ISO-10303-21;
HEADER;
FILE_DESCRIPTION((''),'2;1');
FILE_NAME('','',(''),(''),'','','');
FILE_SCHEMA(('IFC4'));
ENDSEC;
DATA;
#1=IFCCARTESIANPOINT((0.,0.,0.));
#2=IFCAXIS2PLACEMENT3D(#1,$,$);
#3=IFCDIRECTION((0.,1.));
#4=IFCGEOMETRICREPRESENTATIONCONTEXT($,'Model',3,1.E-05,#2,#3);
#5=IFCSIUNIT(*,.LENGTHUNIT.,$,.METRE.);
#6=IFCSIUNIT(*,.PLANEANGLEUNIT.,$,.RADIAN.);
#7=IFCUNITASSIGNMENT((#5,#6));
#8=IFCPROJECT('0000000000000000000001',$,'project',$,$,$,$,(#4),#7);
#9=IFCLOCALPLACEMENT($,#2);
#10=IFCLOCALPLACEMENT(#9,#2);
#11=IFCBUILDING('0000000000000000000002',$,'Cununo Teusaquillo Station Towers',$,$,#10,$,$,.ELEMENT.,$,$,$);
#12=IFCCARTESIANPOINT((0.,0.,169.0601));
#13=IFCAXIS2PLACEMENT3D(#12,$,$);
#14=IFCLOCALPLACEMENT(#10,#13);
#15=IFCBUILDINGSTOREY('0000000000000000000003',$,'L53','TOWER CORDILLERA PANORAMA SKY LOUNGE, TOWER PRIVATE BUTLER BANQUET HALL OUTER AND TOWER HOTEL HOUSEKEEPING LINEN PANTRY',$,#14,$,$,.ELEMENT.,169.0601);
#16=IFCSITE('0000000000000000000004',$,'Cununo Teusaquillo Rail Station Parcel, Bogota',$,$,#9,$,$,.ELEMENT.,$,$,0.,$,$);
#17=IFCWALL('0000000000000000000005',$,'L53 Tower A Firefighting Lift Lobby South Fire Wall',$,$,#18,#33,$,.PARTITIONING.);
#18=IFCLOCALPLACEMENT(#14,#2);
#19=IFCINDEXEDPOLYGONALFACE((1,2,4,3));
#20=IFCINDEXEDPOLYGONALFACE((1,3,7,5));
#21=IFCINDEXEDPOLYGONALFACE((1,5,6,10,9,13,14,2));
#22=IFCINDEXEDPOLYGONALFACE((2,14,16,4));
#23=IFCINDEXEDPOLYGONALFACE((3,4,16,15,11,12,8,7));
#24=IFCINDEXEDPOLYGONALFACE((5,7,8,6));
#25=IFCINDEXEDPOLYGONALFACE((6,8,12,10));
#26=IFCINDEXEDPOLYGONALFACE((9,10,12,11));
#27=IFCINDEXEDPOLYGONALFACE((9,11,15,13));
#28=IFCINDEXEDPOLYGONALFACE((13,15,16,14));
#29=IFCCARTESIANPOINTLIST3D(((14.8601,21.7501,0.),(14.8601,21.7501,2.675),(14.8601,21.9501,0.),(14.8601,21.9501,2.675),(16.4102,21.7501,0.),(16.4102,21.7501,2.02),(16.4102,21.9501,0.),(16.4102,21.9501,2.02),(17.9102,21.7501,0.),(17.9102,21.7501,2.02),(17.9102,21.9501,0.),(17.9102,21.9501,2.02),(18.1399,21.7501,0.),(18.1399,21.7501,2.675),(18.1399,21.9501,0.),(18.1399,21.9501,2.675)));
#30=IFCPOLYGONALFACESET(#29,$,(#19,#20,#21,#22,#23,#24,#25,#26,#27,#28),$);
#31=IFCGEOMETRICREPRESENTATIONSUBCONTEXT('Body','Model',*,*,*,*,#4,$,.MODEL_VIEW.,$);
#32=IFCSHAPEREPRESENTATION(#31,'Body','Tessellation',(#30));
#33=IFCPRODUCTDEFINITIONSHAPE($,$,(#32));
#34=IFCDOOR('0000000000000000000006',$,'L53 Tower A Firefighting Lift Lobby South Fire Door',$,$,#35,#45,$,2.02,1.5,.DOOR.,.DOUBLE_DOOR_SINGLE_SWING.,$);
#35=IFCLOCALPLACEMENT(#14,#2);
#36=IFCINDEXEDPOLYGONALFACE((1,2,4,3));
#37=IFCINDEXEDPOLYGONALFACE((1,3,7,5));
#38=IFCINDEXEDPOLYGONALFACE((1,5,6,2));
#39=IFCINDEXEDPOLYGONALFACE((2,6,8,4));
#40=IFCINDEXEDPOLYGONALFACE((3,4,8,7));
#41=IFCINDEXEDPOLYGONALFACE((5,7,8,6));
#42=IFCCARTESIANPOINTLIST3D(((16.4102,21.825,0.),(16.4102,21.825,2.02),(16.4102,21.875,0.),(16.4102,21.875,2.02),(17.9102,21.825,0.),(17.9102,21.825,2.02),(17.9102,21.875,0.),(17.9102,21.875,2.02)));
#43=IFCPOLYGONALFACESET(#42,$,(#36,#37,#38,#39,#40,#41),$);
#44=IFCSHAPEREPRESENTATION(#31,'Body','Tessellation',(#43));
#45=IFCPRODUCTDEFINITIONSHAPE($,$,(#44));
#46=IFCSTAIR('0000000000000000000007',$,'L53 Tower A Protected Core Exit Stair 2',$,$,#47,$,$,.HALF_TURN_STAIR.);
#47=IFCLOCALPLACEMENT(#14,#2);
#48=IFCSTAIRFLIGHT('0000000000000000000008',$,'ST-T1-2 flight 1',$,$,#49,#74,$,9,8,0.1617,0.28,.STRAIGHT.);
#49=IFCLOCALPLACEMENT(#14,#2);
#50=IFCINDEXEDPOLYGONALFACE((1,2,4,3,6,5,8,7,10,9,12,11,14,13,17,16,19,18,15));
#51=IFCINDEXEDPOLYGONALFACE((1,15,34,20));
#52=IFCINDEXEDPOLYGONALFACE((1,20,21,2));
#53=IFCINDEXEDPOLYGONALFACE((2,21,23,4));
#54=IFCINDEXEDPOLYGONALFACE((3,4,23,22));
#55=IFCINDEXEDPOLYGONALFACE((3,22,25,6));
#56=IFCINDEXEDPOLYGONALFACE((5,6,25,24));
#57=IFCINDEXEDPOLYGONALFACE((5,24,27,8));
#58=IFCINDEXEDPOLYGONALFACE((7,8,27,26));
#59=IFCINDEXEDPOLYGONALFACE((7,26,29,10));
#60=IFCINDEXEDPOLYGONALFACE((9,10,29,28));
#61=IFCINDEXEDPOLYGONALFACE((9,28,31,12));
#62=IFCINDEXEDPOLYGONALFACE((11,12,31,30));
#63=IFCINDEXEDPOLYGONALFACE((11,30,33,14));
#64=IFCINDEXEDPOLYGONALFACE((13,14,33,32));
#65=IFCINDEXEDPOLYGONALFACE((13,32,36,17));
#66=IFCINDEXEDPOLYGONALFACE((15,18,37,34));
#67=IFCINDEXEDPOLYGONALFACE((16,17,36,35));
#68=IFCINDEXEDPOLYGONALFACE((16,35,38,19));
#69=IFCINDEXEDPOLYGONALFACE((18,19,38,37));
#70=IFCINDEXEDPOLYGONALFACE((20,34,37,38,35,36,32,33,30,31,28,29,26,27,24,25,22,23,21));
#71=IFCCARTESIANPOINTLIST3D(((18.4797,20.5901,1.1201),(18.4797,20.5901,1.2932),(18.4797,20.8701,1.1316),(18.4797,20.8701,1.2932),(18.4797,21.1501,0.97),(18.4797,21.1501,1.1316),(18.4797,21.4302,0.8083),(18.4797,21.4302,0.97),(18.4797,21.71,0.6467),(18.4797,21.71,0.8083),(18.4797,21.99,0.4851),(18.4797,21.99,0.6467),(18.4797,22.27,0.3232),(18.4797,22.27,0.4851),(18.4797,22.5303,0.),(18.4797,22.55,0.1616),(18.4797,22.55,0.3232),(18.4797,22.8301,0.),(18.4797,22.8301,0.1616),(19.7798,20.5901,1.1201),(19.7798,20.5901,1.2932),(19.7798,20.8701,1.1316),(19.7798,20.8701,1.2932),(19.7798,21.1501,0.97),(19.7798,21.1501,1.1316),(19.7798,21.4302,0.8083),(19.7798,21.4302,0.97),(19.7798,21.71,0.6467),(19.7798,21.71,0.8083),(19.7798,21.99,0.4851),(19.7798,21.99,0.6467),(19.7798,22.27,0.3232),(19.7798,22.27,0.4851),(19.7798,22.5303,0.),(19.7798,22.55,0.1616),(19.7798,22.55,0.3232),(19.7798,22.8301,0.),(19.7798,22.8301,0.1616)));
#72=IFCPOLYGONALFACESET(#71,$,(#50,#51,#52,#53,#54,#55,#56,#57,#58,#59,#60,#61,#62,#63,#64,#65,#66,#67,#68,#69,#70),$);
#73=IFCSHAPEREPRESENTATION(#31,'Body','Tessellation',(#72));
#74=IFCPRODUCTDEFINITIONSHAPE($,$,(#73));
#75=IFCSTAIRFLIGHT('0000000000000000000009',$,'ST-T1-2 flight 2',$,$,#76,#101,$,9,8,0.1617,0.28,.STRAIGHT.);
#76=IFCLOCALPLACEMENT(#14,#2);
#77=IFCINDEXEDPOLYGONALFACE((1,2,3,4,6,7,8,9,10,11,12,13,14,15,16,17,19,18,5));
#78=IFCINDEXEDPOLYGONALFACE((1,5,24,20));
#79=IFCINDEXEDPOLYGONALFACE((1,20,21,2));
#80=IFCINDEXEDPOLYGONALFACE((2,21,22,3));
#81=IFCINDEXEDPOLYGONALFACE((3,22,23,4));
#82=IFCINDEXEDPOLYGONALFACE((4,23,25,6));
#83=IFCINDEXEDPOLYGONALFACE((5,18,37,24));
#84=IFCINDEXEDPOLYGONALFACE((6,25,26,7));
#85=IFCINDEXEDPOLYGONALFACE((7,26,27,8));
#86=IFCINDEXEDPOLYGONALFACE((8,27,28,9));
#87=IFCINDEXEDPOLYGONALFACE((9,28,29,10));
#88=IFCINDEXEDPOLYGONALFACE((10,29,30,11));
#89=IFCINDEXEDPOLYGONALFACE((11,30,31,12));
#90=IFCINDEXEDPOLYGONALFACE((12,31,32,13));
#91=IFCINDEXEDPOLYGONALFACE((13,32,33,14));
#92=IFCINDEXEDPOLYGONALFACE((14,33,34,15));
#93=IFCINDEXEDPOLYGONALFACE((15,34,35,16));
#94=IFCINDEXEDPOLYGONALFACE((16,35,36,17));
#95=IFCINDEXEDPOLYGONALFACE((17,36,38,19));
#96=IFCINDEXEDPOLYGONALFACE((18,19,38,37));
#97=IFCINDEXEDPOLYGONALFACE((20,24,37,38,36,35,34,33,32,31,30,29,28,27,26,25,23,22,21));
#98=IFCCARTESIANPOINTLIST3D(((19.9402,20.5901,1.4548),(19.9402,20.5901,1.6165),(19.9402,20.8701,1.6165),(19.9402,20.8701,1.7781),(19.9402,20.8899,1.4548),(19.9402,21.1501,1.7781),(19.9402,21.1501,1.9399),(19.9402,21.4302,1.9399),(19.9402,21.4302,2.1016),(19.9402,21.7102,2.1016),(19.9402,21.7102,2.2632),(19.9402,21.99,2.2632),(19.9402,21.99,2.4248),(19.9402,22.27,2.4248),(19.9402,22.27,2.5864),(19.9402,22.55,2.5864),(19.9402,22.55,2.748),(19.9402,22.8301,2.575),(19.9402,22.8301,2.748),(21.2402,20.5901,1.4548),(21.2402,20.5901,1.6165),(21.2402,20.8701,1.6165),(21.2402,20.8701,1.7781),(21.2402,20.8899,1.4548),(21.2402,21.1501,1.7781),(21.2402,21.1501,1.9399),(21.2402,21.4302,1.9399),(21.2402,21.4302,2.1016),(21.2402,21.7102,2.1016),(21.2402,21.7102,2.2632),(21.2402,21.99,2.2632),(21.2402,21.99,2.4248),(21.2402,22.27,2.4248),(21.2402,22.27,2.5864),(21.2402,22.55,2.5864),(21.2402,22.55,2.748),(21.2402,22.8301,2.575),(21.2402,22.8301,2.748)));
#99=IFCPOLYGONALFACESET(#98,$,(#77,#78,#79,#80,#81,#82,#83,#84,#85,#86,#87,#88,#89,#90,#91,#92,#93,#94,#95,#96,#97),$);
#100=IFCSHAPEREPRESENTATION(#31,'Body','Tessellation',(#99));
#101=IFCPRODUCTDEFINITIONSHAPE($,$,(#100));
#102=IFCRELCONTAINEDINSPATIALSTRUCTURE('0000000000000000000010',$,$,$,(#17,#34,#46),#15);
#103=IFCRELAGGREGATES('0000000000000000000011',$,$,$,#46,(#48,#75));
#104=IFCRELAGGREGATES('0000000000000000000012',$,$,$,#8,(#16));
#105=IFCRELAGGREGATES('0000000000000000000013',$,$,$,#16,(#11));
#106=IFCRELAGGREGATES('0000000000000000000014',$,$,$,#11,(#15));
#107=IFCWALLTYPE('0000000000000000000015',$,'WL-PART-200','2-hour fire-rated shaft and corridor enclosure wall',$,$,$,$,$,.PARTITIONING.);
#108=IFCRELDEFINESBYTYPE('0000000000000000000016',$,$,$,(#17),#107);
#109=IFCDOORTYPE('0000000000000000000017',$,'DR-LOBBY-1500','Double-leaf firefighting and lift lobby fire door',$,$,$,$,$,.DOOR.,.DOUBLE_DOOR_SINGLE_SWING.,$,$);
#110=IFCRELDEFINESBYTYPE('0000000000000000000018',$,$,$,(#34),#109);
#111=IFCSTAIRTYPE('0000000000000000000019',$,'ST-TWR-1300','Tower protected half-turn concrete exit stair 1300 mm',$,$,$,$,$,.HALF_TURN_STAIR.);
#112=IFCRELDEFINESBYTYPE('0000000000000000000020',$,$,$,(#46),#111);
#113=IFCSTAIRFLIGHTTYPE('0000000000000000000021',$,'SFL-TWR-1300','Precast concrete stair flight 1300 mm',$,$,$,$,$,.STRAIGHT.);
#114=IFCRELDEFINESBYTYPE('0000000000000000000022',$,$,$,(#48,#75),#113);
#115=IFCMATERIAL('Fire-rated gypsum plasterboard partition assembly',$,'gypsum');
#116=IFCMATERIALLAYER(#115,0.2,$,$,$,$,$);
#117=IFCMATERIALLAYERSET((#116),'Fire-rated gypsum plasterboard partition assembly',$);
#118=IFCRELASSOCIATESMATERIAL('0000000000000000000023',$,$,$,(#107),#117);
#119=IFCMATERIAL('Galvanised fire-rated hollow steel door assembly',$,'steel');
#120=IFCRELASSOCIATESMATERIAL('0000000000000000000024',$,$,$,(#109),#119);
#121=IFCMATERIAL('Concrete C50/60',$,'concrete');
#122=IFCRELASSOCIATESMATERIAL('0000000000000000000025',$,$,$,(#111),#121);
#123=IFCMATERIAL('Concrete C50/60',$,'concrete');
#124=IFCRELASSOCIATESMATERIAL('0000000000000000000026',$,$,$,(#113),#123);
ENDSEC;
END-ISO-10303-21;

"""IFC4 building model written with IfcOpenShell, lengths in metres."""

from ifc_helpers import new_model, si_unit, direction, frame, frame_2d, origin, place, context, subcontext, project, spatial, polyline, rectangle, outline, extrude, source, transform, mapped, material, layer, layer_set, type_object, element, fill, aggregate, save


model = new_model("IFC4")

# Units and contexts
model_context = context("Model", 3, precision=1e-05, world=origin(), true_north=direction((0.0, 1.0)))
body_context = subcontext(model_context, "Body", "Model", "MODEL_VIEW")
ifc_project = project(units=[si_unit("LENGTHUNIT", "METRE"), si_unit("PLANEANGLEUNIT", "RADIAN")], contexts=[model_context])

# Site, building, storey
site_placement = place(None, origin())
site = spatial("IfcSite", under=ifc_project, at=site_placement, Name="Cununo Teusaquillo Rail Station Parcel, Bogota", CompositionType="ELEMENT", RefElevation=0.0)
building_placement = place(site_placement, origin())
building = spatial("IfcBuilding", under=site, at=building_placement, Name="Cununo Teusaquillo Station Towers", CompositionType="ELEMENT")
storey_placement = place(building_placement, frame((0.0, 0.0, 169.0601)))
storey = spatial("IfcBuildingStorey", under=building, at=storey_placement, Name="L53", Description="TOWER CORDILLERA PANORAMA SKY LOUNGE, TOWER PRIVATE BUTLER BANQUET HALL OUTER AND TOWER HOTEL HOUSEKEEPING LINEN PANTRY", CompositionType="ELEMENT", Elevation=169.0601)

# Wall, opening, door
ifc_material_1 = material(Name="Fire-rated gypsum plasterboard partition assembly", Category="gypsum")
ifc_layer_1 = layer(ifc_material_1, 0.2)
ifc_layer_set_1 = layer_set([ifc_layer_1], Name="Fire-rated gypsum plasterboard partition assembly")
wall_type_1 = type_object("IfcWallType", Name="WL-PART-200", Description="2-hour fire-rated shaft and corridor enclosure wall", PredefinedType="PARTITIONING", material=ifc_layer_set_1)
wall_1_placement = place(storey_placement, frame((14.8601, 21.8501, 0.0), z_axis=(0.0, 0.0, 1.0), x_axis=(1.0, 0.0, 0.0)))
wall_1 = element("IfcWall", 1, at=wall_1_placement, inside=storey, type_object=wall_type_1, Name="L53 Tower A Firefighting Lift Lobby South Fire Wall", PredefinedType="PARTITIONING", context=body_context, shape_type="SweptSolid", body=[
    extrude(rectangle(XDim=3.2798, YDim=0.2, at=frame_2d((1.6399, 0.0))), origin(), (0.0, 0.0, 1.0), 2.675),
])
shared_shape_1 = source(origin(), body_context, "Body", "SweptSolid", [
    extrude(rectangle(XDim=1.5, YDim=2.02, at=frame_2d((0.75, 1.01))), frame((0.0, 0.1099, 0.0), z_axis=(0.0, -1.0, 0.0), x_axis=(1.0, 0.0, 0.0)), (0.0, 0.0, 1.0), 0.22),
])
opening_1_placement = place(wall_1_placement, frame((1.55, 0.0, 0.0)))
opening_1 = element("IfcOpeningElement", 2, at=opening_1_placement, cuts=wall_1, PredefinedType="OPENING", context=body_context, shape_type="MappedRepresentation", body=[
    mapped(shared_shape_1, transform((0.0, 0.0, 0.0), x_axis=(1.0, 0.0, 0.0), y_axis=(0.0, 1.0, 0.0), z_axis=(0.0, 0.0, 1.0), scale=1.0)),
])
ifc_material_2 = material(Name="Galvanised fire-rated hollow steel door assembly", Category="steel")
door_type_1 = type_object("IfcDoorType", Name="DR-LOBBY-1500", Description="Double-leaf firefighting and lift lobby fire door", OperationType="DOUBLE_DOOR_SINGLE_SWING", PredefinedType="DOOR", material=ifc_material_2)
shared_shape_2 = source(origin(), body_context, "Body", "SweptSolid", [
    extrude(rectangle(XDim=1.5, YDim=2.02, at=frame_2d((0.75, 1.01))), frame((0.0, 0.0249, 0.0), z_axis=(0.0, -1.0, 0.0), x_axis=(1.0, 0.0, 0.0)), (0.0, 0.0, 1.0), 0.05),
])
door_1_placement = place(opening_1_placement, origin())
door_1 = element("IfcDoor", 3, at=door_1_placement, inside=storey, type_object=door_type_1, Name="L53 Tower A Firefighting Lift Lobby South Fire Door", OperationType="DOUBLE_DOOR_SINGLE_SWING", OverallHeight=2.02, OverallWidth=1.5, PredefinedType="DOOR", context=body_context, shape_type="MappedRepresentation", body=[
    mapped(shared_shape_2, transform((0.0, 0.0, 0.0), x_axis=(1.0, 0.0, 0.0), y_axis=(0.0, 1.0, 0.0), z_axis=(0.0, 0.0, 1.0), scale=1.0)),
])
fill(opening_1, door_1)

# Stair, stair flights
ifc_material_3 = material(Name="Concrete C50/60", Category="concrete")
stair_type = type_object("IfcStairType", Name="ST-TWR-1300", Description="Tower protected half-turn concrete exit stair 1300 mm", PredefinedType="HALF_TURN_STAIR", material=ifc_material_3)
stair_placement = place(storey_placement, origin())
stair = element("IfcStair", 4, at=stair_placement, inside=storey, type_object=stair_type, Name="L53 Tower A Protected Core Exit Stair 2", PredefinedType="HALF_TURN_STAIR")
ifc_material_4 = material(Name="Concrete C50/60", Category="concrete")
stair_flight_type = type_object("IfcStairFlightType", Name="SFL-TWR-1300", Description="Precast concrete stair flight 1300 mm", PredefinedType="STRAIGHT", material=ifc_material_4)
stair_flight_1_placement = place(storey_placement, frame((19.1299, 22.8301, 0.0), z_axis=(0.0, 0.0, 1.0), x_axis=(0.0, -1.0, 0.0)))
stair_flight_1 = element("IfcStairFlight", 5, at=stair_flight_1_placement, type_object=stair_flight_type, Name="ST-T1-2 flight 1", NumberOfRisers=9, NumberOfTreads=8, PredefinedType="STRAIGHT", RiserHeight=0.1617, TreadLength=0.28, context=body_context, shape_type="SweptSolid", body=[
    extrude(outline(polyline([(0.0, 0.0), (0.0, 0.1616), (0.28, 0.1616), (0.28, 0.3232), (0.5601, 0.3232), (0.5601, 0.4851), (0.8401, 0.4851), (0.8401, 0.6467), (1.1201, 0.6467), (1.1201, 0.8083), (1.3999, 0.8083), (1.3999, 0.97), (1.6799, 0.97), (1.6799, 1.1316), (1.96, 1.1316), (1.96, 1.2932), (2.24, 1.2932), (2.24, 1.4551), (2.24, 1.1201), (0.2998, 0.0), (0.0, 0.0)])), frame((0.0, 0.6499, 0.0), z_axis=(0.0, -1.0, 0.0), x_axis=(1.0, 0.0, 0.0)), (0.0, 0.0, 1.0), 1.3),
])
stair_flight_2_placement = place(storey_placement, frame((20.5901, 20.5901, 1.4548), z_axis=(0.0, 0.0, 1.0), x_axis=(0.0, 1.0, 0.0)))
stair_flight_2 = element("IfcStairFlight", 6, at=stair_flight_2_placement, type_object=stair_flight_type, Name="ST-T1-2 flight 2", NumberOfRisers=9, NumberOfTreads=8, PredefinedType="STRAIGHT", RiserHeight=0.1617, TreadLength=0.28, context=body_context, shape_type="SweptSolid", body=[
    extrude(outline(polyline([(0.0, 0.0), (0.0, 0.1616), (0.28, 0.1616), (0.28, 0.3232), (0.5601, 0.3232), (0.5601, 0.4851), (0.8401, 0.4851), (0.8401, 0.6467), (1.1201, 0.6467), (1.1201, 0.8083), (1.3999, 0.8083), (1.3999, 0.97), (1.6799, 0.97), (1.6799, 1.1316), (1.96, 1.1316), (1.96, 1.2932), (2.24, 1.2932), (2.24, 1.4551), (2.24, 1.1201), (0.2998, 0.0), (0.0, 0.0)])), frame((0.0, 0.6499, 0.0), z_axis=(0.0, -1.0, 0.0), x_axis=(1.0, 0.0, 0.0)), (0.0, 0.0, 1.0), 1.3),
])
aggregate(stair, [stair_flight_1, stair_flight_2])

save(model, "model.ifc")
